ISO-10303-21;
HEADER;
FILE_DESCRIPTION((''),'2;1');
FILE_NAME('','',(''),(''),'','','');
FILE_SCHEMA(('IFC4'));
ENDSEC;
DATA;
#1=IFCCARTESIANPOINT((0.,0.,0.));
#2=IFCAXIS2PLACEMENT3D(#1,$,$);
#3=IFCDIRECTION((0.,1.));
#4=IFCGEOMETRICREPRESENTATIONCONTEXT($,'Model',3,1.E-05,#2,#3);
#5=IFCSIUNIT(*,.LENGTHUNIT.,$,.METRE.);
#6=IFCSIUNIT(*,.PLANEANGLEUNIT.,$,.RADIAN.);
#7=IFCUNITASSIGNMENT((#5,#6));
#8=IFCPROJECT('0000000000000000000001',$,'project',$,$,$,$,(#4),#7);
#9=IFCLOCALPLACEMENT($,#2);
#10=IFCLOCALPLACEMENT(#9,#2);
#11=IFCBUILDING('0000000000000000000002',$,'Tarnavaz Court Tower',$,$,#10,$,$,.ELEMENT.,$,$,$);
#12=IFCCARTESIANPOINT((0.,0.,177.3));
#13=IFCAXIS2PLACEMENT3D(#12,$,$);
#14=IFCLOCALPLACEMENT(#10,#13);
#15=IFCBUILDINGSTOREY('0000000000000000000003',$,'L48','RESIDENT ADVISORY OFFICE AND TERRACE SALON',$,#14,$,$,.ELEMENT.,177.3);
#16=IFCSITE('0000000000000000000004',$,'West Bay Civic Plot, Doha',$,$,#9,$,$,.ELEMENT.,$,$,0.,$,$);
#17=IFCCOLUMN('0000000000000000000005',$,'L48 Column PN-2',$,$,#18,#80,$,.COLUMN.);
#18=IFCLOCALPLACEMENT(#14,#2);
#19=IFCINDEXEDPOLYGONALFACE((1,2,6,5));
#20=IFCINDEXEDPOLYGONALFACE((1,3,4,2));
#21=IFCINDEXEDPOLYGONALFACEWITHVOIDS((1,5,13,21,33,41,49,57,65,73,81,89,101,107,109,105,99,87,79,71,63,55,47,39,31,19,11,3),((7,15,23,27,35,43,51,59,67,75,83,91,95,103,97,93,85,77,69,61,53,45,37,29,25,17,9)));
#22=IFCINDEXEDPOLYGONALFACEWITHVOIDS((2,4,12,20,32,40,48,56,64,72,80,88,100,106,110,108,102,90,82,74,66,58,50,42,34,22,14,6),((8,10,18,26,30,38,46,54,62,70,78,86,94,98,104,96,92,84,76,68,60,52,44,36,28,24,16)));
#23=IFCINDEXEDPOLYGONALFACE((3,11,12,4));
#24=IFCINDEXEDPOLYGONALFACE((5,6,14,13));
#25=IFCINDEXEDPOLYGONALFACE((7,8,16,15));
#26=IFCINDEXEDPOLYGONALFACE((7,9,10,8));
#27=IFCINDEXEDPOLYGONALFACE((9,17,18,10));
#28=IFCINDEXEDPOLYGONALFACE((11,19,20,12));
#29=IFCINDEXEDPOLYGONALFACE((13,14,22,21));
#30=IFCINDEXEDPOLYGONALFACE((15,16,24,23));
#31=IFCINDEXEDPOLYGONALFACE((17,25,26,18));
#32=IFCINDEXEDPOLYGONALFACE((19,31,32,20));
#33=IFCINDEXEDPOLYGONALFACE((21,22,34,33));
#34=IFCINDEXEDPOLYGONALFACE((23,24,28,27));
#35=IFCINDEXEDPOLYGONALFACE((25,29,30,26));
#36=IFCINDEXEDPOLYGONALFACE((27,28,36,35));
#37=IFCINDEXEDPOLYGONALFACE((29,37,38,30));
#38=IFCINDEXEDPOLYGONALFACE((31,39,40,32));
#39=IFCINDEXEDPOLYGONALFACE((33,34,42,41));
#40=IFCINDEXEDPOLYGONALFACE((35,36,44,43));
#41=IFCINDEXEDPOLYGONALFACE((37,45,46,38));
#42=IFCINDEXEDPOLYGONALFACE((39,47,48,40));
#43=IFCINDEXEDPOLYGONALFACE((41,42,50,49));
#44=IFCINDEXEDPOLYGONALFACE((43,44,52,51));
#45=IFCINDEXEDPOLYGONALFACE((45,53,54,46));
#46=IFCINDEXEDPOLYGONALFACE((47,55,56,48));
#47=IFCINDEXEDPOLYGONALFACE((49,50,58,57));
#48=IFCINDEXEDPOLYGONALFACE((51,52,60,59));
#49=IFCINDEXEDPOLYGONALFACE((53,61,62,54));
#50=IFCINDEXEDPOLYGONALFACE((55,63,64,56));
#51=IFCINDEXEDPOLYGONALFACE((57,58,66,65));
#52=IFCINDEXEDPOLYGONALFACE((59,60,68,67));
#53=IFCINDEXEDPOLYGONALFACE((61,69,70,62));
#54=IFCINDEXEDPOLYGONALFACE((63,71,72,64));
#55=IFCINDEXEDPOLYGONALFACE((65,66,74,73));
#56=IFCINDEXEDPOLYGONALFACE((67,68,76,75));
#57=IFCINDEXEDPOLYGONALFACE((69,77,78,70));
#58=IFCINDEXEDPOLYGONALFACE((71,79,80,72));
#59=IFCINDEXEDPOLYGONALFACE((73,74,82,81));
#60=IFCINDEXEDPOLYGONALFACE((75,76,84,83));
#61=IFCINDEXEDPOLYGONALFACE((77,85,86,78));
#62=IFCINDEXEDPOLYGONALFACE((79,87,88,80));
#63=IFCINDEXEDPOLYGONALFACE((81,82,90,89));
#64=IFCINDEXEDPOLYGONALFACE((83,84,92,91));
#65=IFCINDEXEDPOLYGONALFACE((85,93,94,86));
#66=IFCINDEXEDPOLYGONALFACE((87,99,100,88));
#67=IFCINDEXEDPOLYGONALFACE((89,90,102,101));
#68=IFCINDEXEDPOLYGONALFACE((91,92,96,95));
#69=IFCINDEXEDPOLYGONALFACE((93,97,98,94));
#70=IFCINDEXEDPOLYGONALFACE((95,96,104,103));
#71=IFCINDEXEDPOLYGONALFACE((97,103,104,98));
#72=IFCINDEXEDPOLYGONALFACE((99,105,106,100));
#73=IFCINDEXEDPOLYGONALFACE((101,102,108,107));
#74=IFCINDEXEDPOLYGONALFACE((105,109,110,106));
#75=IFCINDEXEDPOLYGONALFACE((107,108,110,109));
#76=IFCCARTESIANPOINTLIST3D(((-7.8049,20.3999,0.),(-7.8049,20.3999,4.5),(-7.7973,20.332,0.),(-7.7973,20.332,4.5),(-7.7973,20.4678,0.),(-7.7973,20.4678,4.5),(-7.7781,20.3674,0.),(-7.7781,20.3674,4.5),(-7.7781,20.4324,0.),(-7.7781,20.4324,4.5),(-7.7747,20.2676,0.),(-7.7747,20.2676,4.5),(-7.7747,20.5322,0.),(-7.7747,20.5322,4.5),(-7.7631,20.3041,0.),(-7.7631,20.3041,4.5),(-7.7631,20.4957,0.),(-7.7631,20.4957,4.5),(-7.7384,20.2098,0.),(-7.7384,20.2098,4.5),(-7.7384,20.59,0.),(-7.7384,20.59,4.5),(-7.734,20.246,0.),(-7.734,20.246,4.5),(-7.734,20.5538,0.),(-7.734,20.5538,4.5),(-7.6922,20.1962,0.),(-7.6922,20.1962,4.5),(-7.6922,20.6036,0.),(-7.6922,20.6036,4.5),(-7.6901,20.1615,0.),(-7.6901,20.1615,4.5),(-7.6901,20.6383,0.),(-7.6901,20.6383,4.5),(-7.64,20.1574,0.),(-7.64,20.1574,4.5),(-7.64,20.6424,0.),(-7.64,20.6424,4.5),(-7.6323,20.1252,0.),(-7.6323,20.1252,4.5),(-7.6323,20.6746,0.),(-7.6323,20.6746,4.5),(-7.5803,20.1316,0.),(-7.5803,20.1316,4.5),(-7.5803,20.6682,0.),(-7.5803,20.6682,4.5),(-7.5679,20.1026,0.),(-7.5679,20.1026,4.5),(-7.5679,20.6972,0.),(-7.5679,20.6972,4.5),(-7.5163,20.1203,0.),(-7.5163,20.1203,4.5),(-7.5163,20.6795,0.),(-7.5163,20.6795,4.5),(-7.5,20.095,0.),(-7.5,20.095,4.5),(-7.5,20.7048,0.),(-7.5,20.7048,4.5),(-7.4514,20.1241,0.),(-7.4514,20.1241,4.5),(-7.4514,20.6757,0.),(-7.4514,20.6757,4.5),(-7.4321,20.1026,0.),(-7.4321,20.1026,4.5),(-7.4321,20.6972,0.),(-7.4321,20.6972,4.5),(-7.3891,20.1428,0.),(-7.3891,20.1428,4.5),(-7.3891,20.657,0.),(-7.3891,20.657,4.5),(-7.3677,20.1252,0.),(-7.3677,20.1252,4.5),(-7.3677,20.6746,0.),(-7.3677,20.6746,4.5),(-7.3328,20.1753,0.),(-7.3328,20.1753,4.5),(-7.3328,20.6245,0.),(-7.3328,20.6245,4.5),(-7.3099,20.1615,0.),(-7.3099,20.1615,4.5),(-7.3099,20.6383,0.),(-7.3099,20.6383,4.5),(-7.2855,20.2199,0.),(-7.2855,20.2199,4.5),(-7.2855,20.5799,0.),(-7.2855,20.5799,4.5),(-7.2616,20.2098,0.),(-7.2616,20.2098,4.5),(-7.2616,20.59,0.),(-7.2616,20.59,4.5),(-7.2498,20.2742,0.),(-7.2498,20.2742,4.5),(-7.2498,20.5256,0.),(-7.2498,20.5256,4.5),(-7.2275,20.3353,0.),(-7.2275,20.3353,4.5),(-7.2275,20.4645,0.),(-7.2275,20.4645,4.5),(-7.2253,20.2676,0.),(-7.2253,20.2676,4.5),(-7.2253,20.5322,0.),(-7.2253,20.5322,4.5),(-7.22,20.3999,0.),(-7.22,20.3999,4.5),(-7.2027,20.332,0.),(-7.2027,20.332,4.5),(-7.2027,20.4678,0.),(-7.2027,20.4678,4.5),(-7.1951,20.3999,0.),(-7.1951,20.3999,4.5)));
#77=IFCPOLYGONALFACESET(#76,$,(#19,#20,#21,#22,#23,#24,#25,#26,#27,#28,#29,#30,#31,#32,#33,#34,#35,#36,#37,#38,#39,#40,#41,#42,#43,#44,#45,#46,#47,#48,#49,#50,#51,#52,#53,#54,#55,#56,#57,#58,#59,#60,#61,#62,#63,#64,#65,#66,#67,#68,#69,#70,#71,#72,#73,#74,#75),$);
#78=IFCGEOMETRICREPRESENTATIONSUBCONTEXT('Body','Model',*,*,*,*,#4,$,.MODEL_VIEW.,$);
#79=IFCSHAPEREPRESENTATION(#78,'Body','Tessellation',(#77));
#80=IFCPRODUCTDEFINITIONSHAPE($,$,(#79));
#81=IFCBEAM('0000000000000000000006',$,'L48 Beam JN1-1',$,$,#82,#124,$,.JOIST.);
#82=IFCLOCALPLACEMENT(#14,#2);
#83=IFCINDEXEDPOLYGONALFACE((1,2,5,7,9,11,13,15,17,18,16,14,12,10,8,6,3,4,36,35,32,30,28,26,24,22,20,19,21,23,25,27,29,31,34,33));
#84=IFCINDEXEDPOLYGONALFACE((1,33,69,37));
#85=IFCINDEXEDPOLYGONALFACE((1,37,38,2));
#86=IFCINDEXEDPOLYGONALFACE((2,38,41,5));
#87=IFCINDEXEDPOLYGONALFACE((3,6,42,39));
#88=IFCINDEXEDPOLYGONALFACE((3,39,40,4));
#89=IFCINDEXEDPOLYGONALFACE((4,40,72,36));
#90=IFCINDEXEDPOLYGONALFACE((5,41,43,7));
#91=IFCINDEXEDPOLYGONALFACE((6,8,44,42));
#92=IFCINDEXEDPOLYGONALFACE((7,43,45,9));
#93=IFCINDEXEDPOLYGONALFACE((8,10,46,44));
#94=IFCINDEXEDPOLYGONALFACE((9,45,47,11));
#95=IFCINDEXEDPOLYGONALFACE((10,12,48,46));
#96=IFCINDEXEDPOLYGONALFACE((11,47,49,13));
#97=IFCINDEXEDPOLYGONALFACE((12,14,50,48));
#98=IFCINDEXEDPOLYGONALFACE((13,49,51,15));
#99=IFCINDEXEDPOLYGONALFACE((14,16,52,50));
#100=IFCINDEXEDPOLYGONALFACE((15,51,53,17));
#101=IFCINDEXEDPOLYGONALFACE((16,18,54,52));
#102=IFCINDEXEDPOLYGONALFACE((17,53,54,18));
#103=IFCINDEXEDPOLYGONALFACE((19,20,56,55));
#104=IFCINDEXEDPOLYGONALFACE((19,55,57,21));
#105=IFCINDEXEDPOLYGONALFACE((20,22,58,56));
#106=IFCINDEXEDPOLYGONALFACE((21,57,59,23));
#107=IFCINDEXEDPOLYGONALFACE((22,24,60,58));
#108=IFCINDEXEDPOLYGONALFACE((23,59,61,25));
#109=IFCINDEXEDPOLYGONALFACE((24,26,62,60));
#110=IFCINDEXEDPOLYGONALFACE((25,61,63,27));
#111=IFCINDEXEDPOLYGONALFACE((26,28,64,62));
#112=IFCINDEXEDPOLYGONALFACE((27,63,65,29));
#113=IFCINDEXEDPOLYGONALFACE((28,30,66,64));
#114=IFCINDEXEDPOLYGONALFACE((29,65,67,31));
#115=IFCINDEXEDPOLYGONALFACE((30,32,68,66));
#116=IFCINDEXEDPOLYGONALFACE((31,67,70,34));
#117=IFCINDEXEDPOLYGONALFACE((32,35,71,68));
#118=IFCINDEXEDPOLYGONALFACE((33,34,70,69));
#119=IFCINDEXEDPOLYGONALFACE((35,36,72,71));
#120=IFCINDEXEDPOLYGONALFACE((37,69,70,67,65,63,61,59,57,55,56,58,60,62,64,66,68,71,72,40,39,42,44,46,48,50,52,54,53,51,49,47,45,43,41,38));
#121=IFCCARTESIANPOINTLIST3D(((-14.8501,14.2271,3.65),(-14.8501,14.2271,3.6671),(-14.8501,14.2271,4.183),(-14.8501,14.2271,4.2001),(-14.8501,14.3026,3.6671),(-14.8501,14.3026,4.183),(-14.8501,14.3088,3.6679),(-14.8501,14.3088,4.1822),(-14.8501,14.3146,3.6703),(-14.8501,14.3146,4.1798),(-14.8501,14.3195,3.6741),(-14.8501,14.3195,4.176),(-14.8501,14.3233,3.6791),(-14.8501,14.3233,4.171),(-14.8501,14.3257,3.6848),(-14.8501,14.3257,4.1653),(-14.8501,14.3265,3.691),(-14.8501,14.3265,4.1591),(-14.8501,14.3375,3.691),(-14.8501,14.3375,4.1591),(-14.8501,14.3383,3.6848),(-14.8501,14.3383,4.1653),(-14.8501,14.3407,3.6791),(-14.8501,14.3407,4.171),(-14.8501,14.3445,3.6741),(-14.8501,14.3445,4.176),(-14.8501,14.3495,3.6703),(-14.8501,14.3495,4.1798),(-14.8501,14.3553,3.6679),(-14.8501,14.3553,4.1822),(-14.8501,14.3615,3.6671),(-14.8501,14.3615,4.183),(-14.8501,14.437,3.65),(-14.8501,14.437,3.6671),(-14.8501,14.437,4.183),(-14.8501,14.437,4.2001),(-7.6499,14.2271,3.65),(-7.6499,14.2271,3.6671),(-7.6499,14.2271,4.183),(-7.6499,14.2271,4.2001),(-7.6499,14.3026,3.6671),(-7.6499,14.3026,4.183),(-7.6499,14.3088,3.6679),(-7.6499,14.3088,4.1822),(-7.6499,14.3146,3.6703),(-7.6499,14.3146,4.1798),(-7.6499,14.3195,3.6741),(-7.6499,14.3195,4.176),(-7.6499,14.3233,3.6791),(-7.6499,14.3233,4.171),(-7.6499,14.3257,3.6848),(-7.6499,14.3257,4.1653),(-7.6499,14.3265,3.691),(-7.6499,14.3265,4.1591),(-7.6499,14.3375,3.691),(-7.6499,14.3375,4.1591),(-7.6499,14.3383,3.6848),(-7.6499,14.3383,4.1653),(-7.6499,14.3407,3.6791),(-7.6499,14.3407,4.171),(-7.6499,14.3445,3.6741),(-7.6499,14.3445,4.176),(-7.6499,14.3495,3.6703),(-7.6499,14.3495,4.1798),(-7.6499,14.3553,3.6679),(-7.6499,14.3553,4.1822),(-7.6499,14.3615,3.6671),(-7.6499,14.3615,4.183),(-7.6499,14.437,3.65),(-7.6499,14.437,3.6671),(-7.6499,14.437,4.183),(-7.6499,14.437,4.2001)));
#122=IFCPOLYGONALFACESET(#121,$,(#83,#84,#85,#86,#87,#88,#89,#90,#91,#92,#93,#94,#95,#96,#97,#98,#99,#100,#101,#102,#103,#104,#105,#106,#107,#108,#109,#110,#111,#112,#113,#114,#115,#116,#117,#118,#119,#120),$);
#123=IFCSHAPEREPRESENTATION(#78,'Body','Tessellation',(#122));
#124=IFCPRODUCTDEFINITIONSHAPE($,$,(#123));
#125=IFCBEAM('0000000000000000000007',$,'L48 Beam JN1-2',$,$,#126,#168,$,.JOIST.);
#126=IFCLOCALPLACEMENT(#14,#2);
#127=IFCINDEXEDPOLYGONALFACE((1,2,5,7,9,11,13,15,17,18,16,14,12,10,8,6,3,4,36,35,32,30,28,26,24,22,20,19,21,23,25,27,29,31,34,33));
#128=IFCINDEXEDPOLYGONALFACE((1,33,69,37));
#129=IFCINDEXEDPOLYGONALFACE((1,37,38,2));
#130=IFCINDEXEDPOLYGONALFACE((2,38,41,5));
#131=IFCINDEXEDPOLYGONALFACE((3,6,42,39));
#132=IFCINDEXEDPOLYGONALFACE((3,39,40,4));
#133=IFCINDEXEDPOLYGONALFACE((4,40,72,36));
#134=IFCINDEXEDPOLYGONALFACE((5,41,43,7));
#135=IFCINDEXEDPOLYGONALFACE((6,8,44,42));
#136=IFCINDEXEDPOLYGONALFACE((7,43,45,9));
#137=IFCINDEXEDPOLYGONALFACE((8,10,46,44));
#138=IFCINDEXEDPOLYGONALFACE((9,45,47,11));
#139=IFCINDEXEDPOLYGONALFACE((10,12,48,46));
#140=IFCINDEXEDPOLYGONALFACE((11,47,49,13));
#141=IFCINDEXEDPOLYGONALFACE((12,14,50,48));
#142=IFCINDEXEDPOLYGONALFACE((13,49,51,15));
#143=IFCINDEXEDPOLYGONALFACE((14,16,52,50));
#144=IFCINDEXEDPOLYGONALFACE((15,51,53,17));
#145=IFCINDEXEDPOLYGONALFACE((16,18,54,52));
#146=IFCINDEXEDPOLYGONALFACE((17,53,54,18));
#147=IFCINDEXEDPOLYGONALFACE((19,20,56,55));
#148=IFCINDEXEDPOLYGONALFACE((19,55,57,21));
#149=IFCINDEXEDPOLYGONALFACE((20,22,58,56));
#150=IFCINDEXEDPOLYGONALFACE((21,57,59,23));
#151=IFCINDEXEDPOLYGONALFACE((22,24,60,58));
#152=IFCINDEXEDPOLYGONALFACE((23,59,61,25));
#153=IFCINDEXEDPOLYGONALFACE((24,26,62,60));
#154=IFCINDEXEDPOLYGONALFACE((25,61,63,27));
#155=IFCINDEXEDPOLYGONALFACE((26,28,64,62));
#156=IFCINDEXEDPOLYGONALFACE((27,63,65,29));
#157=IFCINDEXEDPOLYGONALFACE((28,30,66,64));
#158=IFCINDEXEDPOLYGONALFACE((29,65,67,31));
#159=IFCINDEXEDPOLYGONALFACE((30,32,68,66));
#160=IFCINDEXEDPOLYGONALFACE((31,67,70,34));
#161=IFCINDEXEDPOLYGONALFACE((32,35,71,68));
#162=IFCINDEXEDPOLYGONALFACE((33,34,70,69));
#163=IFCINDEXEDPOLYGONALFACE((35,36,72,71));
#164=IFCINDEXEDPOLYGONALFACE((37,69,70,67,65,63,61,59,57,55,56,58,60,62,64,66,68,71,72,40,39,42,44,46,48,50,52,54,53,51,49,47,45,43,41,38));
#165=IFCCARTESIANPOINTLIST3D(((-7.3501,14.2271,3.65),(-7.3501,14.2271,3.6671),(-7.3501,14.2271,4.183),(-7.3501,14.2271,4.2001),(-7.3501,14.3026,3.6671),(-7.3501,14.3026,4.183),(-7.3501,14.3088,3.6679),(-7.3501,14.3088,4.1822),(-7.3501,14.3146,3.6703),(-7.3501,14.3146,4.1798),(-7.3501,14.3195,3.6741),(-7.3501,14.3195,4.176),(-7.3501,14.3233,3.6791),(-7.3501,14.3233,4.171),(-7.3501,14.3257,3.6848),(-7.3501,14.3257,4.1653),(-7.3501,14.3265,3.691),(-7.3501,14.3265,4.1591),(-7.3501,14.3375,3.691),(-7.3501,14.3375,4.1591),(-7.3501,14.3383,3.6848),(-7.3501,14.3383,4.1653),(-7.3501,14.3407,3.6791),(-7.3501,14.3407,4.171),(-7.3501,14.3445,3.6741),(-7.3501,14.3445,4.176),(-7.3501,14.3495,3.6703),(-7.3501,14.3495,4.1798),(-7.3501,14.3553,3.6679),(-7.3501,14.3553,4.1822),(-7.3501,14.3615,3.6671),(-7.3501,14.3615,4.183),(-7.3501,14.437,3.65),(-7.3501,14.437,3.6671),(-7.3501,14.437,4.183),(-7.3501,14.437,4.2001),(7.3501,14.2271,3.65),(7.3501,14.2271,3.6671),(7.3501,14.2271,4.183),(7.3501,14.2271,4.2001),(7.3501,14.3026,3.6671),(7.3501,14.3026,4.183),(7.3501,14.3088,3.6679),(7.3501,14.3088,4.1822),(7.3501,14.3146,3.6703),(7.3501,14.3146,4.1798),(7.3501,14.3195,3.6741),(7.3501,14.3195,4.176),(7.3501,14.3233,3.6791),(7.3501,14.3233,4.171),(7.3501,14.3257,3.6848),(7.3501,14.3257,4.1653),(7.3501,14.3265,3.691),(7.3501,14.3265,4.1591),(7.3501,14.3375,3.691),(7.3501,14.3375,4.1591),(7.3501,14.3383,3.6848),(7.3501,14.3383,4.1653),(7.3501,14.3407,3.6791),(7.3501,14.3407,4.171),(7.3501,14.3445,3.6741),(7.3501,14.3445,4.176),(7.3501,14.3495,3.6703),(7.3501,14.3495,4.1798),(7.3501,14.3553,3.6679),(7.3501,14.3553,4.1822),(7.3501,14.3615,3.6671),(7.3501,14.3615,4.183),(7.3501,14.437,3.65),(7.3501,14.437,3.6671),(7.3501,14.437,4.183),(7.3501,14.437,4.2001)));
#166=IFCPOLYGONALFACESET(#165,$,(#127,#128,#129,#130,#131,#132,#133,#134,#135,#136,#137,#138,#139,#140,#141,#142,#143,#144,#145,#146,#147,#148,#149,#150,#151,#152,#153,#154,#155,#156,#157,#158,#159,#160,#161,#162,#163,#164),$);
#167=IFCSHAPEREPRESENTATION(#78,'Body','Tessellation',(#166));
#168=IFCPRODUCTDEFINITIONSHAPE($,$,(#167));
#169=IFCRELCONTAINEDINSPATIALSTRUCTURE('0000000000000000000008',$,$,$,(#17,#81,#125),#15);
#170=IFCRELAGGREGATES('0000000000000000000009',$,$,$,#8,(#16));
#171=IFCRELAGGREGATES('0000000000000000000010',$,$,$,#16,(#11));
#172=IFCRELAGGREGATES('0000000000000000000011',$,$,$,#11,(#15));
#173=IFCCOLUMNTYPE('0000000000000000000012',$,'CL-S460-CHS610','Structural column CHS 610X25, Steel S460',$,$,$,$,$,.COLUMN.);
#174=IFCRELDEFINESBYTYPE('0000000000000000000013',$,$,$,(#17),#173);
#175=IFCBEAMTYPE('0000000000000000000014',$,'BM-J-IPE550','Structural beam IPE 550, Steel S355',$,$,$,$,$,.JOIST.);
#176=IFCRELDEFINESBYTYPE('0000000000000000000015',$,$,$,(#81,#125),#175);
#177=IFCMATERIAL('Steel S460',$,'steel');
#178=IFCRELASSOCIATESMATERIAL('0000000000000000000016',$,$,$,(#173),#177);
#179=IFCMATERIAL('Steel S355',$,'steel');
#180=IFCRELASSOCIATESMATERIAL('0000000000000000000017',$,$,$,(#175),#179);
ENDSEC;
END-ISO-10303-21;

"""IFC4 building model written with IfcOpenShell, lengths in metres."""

from ifc_helpers import new_model, si_unit, direction, frame, origin, origin_2d, place, context, subcontext, project, spatial, hollow_circle, i_section, extrude, material, material_profile, profile_set, type_object, element, save


model = new_model("IFC4")

# Units and contexts
model_context = context("Model", 3, precision=1e-05, world=origin(), true_north=direction((0.0, 1.0)))
body_context = subcontext(model_context, "Body", "Model", "MODEL_VIEW")
ifc_project = project(units=[si_unit("LENGTHUNIT", "METRE"), si_unit("PLANEANGLEUNIT", "RADIAN")], contexts=[model_context])

# Site, building, storey
site_placement = place(None, origin())
site = spatial("IfcSite", under=ifc_project, at=site_placement, Name="West Bay Civic Plot, Doha", CompositionType="ELEMENT", RefElevation=0.0)
building_placement = place(site_placement, origin())
building = spatial("IfcBuilding", under=site, at=building_placement, Name="Tarnavaz Court Tower", CompositionType="ELEMENT")
storey_placement = place(building_placement, frame((0.0, 0.0, 177.3)))
storey = spatial("IfcBuildingStorey", under=building, at=storey_placement, Name="L48", Description="RESIDENT ADVISORY OFFICE AND TERRACE SALON", CompositionType="ELEMENT", Elevation=177.3)

# Column
ifc_material_1 = material(Name="Steel S460", Category="steel")
ifc_material_profile_1 = material_profile(ifc_material_1, hollow_circle(Radius=0.3049, WallThickness=0.0249, at=origin_2d()), Name="CHS 610X25")
ifc_profile_set_1 = profile_set([ifc_material_profile_1], Name="Steel S460")
column_type = type_object("IfcColumnType", Name="CL-S460-CHS610", Description="Structural column CHS 610X25, Steel S460", PredefinedType="COLUMN", material=ifc_profile_set_1)
column_placement = place(storey_placement, frame((-7.5, 20.3999, 0.0), z_axis=(0.0, 0.0, 1.0), x_axis=(1.0, 0.0, 0.0)))
element("IfcColumn", 1, at=column_placement, inside=storey, type_object=column_type, Name="L48 Column PN-2", PredefinedType="COLUMN", context=body_context, shape_type="SweptSolid", body=[
    extrude(hollow_circle(Radius=0.3049, WallThickness=0.0249, at=origin_2d()), origin(), (0.0, 0.0, 1.0), 4.5),
])

# Beams
ifc_material_2 = material(Name="Steel S355", Category="steel")
ifc_material_profile_2 = material_profile(ifc_material_2, i_section(OverallWidth=0.21, OverallDepth=0.55, WebThickness=0.011, FlangeThickness=0.0171, FilletRadius=0.0239, at=origin_2d()), Name="IPE 550")
ifc_profile_set_2 = profile_set([ifc_material_profile_2], Name="Steel S355")
beam_type_1 = type_object("IfcBeamType", Name="BM-J-IPE550", Description="Structural beam IPE 550, Steel S355", PredefinedType="JOIST", material=ifc_profile_set_2)
beam_1_placement = place(storey_placement, frame((-14.8501, 14.332, 3.925), z_axis=(1.0, 0.0, 0.0), x_axis=(0.0, 1.0, 0.0)))
element("IfcBeam", 2, at=beam_1_placement, inside=storey, type_object=beam_type_1, Name="L48 Beam JN1-1", PredefinedType="JOIST", context=body_context, shape_type="SweptSolid", body=[
    extrude(i_section(OverallWidth=0.21, OverallDepth=0.55, WebThickness=0.011, FlangeThickness=0.0171, FilletRadius=0.0239, at=origin_2d()), origin(), (0.0, 0.0, 1.0), 7.2002),
])
beam_2_placement = place(storey_placement, frame((-7.3501, 14.332, 3.925), z_axis=(1.0, 0.0, 0.0), x_axis=(0.0, 1.0, 0.0)))
element("IfcBeam", 3, at=beam_2_placement, inside=storey, type_object=beam_type_1, Name="L48 Beam JN1-2", PredefinedType="JOIST", context=body_context, shape_type="SweptSolid", body=[
    extrude(i_section(OverallWidth=0.21, OverallDepth=0.55, WebThickness=0.011, FlangeThickness=0.0171, FilletRadius=0.0239, at=origin_2d()), origin(), (0.0, 0.0, 1.0), 14.7002),
])

save(model, "model.ifc")
